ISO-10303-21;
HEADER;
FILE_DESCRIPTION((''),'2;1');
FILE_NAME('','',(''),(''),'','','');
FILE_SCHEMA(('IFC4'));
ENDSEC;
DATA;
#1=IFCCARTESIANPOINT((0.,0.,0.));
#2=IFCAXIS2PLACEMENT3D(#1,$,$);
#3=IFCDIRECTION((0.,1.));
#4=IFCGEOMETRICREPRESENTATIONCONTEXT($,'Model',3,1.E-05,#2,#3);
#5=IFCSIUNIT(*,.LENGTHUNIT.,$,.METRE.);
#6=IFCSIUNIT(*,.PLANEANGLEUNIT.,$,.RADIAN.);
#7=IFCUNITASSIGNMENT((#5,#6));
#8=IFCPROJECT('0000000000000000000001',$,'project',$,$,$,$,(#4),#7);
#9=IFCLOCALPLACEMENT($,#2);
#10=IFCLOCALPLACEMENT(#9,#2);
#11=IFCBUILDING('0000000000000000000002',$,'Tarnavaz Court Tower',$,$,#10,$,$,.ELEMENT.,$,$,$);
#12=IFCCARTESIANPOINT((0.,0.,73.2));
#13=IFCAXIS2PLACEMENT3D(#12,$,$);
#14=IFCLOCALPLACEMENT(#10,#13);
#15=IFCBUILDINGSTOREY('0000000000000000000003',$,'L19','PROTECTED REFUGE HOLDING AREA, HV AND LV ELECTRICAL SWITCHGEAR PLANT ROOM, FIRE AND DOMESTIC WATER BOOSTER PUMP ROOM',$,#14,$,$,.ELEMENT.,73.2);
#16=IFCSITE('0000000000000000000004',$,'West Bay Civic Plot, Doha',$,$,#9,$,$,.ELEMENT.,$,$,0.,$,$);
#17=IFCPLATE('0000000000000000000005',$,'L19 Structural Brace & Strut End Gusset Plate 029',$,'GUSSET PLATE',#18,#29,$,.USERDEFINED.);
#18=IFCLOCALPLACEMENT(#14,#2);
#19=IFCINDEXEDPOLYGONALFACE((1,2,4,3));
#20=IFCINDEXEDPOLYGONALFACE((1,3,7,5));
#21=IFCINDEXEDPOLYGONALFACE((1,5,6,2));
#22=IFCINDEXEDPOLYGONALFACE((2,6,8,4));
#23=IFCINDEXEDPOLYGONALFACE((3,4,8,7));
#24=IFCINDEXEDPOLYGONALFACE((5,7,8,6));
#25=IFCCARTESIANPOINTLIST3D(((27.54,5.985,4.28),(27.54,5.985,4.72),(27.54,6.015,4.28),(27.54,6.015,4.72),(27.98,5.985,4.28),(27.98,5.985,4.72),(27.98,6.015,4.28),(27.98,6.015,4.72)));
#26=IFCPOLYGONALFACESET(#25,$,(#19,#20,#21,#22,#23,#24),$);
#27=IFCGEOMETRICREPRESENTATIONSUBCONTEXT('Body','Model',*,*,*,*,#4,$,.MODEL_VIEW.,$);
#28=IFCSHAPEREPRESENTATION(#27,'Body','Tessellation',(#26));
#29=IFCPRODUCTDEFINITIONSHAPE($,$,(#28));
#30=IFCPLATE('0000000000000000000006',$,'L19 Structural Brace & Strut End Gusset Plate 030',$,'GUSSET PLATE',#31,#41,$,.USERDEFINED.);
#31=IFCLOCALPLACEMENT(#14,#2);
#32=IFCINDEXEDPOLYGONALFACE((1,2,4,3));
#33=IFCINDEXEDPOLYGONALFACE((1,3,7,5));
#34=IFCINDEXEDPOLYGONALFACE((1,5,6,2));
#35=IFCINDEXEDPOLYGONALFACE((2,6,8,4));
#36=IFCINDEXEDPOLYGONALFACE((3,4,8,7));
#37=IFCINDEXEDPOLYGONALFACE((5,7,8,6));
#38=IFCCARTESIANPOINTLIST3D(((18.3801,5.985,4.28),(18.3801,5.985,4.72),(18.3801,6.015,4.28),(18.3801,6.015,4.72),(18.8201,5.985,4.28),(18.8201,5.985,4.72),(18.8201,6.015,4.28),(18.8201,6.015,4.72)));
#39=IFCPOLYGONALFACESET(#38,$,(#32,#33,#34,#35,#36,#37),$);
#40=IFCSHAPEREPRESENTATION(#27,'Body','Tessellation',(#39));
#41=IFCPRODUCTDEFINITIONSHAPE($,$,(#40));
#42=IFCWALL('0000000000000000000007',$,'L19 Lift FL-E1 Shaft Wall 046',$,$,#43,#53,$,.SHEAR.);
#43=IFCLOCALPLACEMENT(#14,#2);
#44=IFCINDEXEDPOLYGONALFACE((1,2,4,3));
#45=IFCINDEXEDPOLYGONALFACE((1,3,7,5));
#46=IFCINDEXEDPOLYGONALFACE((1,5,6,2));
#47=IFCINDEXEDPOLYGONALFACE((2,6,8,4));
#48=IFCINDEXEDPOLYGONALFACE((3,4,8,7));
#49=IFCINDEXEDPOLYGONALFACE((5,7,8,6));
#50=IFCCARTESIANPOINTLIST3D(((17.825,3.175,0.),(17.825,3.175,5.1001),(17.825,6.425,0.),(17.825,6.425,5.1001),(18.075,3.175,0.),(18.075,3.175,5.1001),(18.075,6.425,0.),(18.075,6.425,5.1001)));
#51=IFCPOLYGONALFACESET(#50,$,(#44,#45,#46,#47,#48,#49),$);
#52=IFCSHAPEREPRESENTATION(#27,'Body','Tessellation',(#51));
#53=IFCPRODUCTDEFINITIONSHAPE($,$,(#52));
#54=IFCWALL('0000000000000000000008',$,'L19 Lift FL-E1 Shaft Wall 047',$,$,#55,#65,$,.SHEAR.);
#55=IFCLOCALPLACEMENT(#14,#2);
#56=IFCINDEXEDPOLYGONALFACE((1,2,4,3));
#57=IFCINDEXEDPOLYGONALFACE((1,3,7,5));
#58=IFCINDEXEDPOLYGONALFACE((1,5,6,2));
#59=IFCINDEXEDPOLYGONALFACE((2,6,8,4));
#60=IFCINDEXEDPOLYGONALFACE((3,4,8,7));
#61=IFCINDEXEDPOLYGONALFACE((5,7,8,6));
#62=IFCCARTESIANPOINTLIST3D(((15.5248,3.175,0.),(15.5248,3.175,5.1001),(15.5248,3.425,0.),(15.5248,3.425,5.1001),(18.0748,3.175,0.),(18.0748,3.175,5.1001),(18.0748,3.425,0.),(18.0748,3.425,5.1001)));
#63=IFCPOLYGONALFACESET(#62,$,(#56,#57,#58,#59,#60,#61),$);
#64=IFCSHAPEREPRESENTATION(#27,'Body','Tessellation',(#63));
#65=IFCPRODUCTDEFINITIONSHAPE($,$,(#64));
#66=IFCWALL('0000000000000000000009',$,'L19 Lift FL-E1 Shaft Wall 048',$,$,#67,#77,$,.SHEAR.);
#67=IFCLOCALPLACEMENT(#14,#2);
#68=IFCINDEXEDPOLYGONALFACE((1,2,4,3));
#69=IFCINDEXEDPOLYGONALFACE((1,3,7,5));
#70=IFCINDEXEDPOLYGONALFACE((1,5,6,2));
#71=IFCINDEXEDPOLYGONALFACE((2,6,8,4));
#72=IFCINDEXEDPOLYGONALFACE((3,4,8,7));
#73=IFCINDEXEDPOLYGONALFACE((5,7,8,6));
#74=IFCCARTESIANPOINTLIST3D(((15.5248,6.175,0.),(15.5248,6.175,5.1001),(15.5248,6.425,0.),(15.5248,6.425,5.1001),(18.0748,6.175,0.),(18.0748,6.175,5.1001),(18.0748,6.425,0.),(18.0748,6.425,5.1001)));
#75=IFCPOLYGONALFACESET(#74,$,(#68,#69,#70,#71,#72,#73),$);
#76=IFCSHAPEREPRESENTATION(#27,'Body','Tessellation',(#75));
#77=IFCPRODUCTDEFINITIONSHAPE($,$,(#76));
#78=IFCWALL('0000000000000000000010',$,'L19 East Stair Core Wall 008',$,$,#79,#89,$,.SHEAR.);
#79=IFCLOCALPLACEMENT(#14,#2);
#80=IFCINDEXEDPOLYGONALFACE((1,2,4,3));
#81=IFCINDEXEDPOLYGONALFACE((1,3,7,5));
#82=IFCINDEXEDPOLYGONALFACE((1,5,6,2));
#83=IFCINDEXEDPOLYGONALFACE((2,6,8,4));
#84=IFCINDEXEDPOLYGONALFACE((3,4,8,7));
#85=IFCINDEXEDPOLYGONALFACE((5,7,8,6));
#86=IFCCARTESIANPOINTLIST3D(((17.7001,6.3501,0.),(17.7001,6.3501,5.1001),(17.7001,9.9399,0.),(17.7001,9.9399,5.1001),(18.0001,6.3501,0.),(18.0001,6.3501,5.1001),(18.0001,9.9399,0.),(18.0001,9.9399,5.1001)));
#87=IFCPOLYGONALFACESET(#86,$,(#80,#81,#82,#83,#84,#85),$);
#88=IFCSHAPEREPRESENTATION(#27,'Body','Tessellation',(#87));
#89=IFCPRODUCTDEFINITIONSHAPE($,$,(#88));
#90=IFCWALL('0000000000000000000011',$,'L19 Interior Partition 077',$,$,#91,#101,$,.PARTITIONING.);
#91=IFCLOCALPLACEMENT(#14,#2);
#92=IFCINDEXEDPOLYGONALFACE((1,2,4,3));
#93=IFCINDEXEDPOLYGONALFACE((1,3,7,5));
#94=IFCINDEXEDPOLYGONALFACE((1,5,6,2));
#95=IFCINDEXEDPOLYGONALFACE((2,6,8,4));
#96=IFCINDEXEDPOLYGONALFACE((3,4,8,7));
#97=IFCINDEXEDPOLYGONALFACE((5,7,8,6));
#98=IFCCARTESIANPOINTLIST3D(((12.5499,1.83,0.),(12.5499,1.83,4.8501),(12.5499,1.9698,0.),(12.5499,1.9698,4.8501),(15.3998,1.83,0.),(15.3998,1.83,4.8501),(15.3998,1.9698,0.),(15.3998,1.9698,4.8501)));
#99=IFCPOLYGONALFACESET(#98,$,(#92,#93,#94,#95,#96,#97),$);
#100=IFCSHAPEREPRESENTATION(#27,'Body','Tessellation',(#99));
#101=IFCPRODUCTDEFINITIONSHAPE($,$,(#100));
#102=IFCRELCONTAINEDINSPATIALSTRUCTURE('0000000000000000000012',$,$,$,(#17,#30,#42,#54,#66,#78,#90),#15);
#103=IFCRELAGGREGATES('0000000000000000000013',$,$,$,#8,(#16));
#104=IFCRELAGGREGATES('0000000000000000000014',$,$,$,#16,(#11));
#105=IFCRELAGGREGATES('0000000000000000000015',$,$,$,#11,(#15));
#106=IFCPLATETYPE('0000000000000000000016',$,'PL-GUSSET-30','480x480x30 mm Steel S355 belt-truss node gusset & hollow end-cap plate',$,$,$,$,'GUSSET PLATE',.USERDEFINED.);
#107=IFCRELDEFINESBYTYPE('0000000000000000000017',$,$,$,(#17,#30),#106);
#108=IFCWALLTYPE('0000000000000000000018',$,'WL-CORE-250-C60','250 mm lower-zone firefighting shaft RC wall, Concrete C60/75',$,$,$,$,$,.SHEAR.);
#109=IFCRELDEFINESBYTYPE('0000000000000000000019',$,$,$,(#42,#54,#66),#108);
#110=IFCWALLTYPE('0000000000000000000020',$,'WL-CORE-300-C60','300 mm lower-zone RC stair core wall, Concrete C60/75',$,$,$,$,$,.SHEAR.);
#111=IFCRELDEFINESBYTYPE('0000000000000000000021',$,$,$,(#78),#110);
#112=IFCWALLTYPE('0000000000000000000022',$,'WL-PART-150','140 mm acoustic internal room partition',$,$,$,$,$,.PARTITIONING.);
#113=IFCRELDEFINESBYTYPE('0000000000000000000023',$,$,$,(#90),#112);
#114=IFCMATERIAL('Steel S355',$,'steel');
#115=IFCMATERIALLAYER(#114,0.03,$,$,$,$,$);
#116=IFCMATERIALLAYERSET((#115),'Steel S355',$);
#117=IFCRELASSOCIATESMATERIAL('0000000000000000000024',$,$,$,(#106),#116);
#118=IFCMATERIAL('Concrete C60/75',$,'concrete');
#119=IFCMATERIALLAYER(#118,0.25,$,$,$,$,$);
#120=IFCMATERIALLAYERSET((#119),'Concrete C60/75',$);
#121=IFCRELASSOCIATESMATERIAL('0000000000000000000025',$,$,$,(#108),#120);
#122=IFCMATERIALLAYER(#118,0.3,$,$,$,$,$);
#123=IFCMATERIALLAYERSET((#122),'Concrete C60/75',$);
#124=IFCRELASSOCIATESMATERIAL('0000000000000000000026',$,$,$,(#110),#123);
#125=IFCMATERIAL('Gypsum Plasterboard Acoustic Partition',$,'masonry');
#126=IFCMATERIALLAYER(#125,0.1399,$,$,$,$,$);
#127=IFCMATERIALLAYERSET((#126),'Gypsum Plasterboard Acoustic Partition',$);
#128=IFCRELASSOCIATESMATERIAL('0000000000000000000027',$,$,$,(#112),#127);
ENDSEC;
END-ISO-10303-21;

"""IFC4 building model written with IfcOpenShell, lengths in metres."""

from ifc_helpers import new_model, si_unit, direction, frame, frame_2d, origin, origin_2d, place, context, subcontext, project, spatial, rectangle, extrude, material, layer, layer_set, type_object, element, save


model = new_model("IFC4")

# Units and contexts
model_context = context("Model", 3, precision=1e-05, world=origin(), true_north=direction((0.0, 1.0)))
body_context = subcontext(model_context, "Body", "Model", "MODEL_VIEW")
ifc_project = project(units=[si_unit("LENGTHUNIT", "METRE"), si_unit("PLANEANGLEUNIT", "RADIAN")], contexts=[model_context])

# Site, building, storey
site_placement = place(None, origin())
site = spatial("IfcSite", under=ifc_project, at=site_placement, Name="West Bay Civic Plot, Doha", CompositionType="ELEMENT", RefElevation=0.0)
building_placement = place(site_placement, origin())
building = spatial("IfcBuilding", under=site, at=building_placement, Name="Tarnavaz Court Tower", CompositionType="ELEMENT")
storey_placement = place(building_placement, frame((0.0, 0.0, 73.2)))
storey = spatial("IfcBuildingStorey", under=building, at=storey_placement, Name="L19", Description="PROTECTED REFUGE HOLDING AREA, HV AND LV ELECTRICAL SWITCHGEAR PLANT ROOM, FIRE AND DOMESTIC WATER BOOSTER PUMP ROOM", CompositionType="ELEMENT", Elevation=73.2)

# Plates
ifc_material_1 = material(Name="Steel S355", Category="steel")
ifc_layer_1 = layer(ifc_material_1, 0.03)
ifc_layer_set_1 = layer_set([ifc_layer_1], Name="Steel S355")
plate_type = type_object("IfcPlateType", Name="PL-GUSSET-30", Description="480x480x30 mm Steel S355 belt-truss node gusset & hollow end-cap plate", ElementType="GUSSET PLATE", PredefinedType="USERDEFINED", material=ifc_layer_set_1)
for number, where, z_axis, x_axis, name in (
    (1, (27.76, 6.0, 4.28), (0.0, 0.0, 1.0), (1.0, 0.0, 0.0), "L19 Structural Brace & Strut End Gusset Plate 029"),
    (2, (18.6001, 6.0, 4.28), (0.0, 0.0, 1.0), (1.0, 0.0, 0.0), "L19 Structural Brace & Strut End Gusset Plate 030"),
):
    element("IfcPlate", number, at=place(storey_placement, frame(where, z_axis=z_axis, x_axis=x_axis)), inside=storey, type_object=plate_type, Name=name, ObjectType="GUSSET PLATE", PredefinedType="USERDEFINED", context=body_context, shape_type="SweptSolid", body=[
        extrude(rectangle(XDim=0.4399, YDim=0.03, at=origin_2d()), origin(), (0.0, 0.0, 1.0), 0.4399),
    ])

# Shared definitions
ifc_material_2 = material(Name="Concrete C60/75", Category="concrete")
ifc_layer_2 = layer(ifc_material_2, 0.25)
ifc_layer_set_2 = layer_set([ifc_layer_2], Name="Concrete C60/75")
wall_type_1 = type_object("IfcWallType", Name="WL-CORE-250-C60", Description="250 mm lower-zone firefighting shaft RC wall, Concrete C60/75", PredefinedType="SHEAR", material=ifc_layer_set_2)

# Walls
wall_1_placement = place(storey_placement, frame((17.95, 3.175, 0.0), z_axis=(0.0, 0.0, 1.0), x_axis=(0.0, 1.0, 0.0)))
element("IfcWall", 3, at=wall_1_placement, inside=storey, type_object=wall_type_1, Name="L19 Lift FL-E1 Shaft Wall 046", PredefinedType="SHEAR", context=body_context, shape_type="SweptSolid", body=[
    extrude(rectangle(XDim=3.25, YDim=0.25, at=frame_2d((1.625, 0.0))), origin(), (0.0, 0.0, 1.0), 5.1001),
])
for number, where, z_axis, x_axis, name in (
    (4, (15.5249, 3.3, 0.0), (0.0, 0.0, 1.0), (1.0, 0.0, 0.0), "L19 Lift FL-E1 Shaft Wall 047"),
    (5, (15.5249, 6.3, 0.0), (0.0, 0.0, 1.0), (1.0, 0.0, 0.0), "L19 Lift FL-E1 Shaft Wall 048"),
):
    element("IfcWall", number, at=place(storey_placement, frame(where, z_axis=z_axis, x_axis=x_axis)), inside=storey, type_object=wall_type_1, Name=name, PredefinedType="SHEAR", context=body_context, shape_type="SweptSolid", body=[
        extrude(rectangle(XDim=2.55, YDim=0.25, at=frame_2d((1.2749, 0.0))), origin(), (0.0, 0.0, 1.0), 5.1001),
    ])
ifc_layer_3 = layer(ifc_material_2, 0.3)
ifc_layer_set_3 = layer_set([ifc_layer_3], Name="Concrete C60/75")
wall_type_2 = type_object("IfcWallType", Name="WL-CORE-300-C60", Description="300 mm lower-zone RC stair core wall, Concrete C60/75", PredefinedType="SHEAR", material=ifc_layer_set_3)
wall_2_placement = place(storey_placement, frame((17.8501, 6.3501, 0.0), z_axis=(0.0, 0.0, 1.0), x_axis=(0.0, 1.0, 0.0)))
element("IfcWall", 6, at=wall_2_placement, inside=storey, type_object=wall_type_2, Name="L19 East Stair Core Wall 008", PredefinedType="SHEAR", context=body_context, shape_type="SweptSolid", body=[
    extrude(rectangle(XDim=3.5898, YDim=0.3, at=frame_2d((1.7949, 0.0))), origin(), (0.0, 0.0, 1.0), 5.1001),
])
ifc_material_3 = material(Name="Gypsum Plasterboard Acoustic Partition", Category="masonry")
ifc_layer_4 = layer(ifc_material_3, 0.1399)
ifc_layer_set_4 = layer_set([ifc_layer_4], Name="Gypsum Plasterboard Acoustic Partition")
wall_type_3 = type_object("IfcWallType", Name="WL-PART-150", Description="140 mm acoustic internal room partition", PredefinedType="PARTITIONING", material=ifc_layer_set_4)
wall_3_placement = place(storey_placement, frame((12.55, 1.8999, 0.0), z_axis=(0.0, 0.0, 1.0), x_axis=(1.0, 0.0, 0.0)))
element("IfcWall", 7, at=wall_3_placement, inside=storey, type_object=wall_type_3, Name="L19 Interior Partition 077", PredefinedType="PARTITIONING", context=body_context, shape_type="SweptSolid", body=[
    extrude(rectangle(XDim=2.8499, YDim=0.1399, at=frame_2d((1.4248, 0.0))), origin(), (0.0, 0.0, 1.0), 4.8501),
])

save(model, "model.ifc")
